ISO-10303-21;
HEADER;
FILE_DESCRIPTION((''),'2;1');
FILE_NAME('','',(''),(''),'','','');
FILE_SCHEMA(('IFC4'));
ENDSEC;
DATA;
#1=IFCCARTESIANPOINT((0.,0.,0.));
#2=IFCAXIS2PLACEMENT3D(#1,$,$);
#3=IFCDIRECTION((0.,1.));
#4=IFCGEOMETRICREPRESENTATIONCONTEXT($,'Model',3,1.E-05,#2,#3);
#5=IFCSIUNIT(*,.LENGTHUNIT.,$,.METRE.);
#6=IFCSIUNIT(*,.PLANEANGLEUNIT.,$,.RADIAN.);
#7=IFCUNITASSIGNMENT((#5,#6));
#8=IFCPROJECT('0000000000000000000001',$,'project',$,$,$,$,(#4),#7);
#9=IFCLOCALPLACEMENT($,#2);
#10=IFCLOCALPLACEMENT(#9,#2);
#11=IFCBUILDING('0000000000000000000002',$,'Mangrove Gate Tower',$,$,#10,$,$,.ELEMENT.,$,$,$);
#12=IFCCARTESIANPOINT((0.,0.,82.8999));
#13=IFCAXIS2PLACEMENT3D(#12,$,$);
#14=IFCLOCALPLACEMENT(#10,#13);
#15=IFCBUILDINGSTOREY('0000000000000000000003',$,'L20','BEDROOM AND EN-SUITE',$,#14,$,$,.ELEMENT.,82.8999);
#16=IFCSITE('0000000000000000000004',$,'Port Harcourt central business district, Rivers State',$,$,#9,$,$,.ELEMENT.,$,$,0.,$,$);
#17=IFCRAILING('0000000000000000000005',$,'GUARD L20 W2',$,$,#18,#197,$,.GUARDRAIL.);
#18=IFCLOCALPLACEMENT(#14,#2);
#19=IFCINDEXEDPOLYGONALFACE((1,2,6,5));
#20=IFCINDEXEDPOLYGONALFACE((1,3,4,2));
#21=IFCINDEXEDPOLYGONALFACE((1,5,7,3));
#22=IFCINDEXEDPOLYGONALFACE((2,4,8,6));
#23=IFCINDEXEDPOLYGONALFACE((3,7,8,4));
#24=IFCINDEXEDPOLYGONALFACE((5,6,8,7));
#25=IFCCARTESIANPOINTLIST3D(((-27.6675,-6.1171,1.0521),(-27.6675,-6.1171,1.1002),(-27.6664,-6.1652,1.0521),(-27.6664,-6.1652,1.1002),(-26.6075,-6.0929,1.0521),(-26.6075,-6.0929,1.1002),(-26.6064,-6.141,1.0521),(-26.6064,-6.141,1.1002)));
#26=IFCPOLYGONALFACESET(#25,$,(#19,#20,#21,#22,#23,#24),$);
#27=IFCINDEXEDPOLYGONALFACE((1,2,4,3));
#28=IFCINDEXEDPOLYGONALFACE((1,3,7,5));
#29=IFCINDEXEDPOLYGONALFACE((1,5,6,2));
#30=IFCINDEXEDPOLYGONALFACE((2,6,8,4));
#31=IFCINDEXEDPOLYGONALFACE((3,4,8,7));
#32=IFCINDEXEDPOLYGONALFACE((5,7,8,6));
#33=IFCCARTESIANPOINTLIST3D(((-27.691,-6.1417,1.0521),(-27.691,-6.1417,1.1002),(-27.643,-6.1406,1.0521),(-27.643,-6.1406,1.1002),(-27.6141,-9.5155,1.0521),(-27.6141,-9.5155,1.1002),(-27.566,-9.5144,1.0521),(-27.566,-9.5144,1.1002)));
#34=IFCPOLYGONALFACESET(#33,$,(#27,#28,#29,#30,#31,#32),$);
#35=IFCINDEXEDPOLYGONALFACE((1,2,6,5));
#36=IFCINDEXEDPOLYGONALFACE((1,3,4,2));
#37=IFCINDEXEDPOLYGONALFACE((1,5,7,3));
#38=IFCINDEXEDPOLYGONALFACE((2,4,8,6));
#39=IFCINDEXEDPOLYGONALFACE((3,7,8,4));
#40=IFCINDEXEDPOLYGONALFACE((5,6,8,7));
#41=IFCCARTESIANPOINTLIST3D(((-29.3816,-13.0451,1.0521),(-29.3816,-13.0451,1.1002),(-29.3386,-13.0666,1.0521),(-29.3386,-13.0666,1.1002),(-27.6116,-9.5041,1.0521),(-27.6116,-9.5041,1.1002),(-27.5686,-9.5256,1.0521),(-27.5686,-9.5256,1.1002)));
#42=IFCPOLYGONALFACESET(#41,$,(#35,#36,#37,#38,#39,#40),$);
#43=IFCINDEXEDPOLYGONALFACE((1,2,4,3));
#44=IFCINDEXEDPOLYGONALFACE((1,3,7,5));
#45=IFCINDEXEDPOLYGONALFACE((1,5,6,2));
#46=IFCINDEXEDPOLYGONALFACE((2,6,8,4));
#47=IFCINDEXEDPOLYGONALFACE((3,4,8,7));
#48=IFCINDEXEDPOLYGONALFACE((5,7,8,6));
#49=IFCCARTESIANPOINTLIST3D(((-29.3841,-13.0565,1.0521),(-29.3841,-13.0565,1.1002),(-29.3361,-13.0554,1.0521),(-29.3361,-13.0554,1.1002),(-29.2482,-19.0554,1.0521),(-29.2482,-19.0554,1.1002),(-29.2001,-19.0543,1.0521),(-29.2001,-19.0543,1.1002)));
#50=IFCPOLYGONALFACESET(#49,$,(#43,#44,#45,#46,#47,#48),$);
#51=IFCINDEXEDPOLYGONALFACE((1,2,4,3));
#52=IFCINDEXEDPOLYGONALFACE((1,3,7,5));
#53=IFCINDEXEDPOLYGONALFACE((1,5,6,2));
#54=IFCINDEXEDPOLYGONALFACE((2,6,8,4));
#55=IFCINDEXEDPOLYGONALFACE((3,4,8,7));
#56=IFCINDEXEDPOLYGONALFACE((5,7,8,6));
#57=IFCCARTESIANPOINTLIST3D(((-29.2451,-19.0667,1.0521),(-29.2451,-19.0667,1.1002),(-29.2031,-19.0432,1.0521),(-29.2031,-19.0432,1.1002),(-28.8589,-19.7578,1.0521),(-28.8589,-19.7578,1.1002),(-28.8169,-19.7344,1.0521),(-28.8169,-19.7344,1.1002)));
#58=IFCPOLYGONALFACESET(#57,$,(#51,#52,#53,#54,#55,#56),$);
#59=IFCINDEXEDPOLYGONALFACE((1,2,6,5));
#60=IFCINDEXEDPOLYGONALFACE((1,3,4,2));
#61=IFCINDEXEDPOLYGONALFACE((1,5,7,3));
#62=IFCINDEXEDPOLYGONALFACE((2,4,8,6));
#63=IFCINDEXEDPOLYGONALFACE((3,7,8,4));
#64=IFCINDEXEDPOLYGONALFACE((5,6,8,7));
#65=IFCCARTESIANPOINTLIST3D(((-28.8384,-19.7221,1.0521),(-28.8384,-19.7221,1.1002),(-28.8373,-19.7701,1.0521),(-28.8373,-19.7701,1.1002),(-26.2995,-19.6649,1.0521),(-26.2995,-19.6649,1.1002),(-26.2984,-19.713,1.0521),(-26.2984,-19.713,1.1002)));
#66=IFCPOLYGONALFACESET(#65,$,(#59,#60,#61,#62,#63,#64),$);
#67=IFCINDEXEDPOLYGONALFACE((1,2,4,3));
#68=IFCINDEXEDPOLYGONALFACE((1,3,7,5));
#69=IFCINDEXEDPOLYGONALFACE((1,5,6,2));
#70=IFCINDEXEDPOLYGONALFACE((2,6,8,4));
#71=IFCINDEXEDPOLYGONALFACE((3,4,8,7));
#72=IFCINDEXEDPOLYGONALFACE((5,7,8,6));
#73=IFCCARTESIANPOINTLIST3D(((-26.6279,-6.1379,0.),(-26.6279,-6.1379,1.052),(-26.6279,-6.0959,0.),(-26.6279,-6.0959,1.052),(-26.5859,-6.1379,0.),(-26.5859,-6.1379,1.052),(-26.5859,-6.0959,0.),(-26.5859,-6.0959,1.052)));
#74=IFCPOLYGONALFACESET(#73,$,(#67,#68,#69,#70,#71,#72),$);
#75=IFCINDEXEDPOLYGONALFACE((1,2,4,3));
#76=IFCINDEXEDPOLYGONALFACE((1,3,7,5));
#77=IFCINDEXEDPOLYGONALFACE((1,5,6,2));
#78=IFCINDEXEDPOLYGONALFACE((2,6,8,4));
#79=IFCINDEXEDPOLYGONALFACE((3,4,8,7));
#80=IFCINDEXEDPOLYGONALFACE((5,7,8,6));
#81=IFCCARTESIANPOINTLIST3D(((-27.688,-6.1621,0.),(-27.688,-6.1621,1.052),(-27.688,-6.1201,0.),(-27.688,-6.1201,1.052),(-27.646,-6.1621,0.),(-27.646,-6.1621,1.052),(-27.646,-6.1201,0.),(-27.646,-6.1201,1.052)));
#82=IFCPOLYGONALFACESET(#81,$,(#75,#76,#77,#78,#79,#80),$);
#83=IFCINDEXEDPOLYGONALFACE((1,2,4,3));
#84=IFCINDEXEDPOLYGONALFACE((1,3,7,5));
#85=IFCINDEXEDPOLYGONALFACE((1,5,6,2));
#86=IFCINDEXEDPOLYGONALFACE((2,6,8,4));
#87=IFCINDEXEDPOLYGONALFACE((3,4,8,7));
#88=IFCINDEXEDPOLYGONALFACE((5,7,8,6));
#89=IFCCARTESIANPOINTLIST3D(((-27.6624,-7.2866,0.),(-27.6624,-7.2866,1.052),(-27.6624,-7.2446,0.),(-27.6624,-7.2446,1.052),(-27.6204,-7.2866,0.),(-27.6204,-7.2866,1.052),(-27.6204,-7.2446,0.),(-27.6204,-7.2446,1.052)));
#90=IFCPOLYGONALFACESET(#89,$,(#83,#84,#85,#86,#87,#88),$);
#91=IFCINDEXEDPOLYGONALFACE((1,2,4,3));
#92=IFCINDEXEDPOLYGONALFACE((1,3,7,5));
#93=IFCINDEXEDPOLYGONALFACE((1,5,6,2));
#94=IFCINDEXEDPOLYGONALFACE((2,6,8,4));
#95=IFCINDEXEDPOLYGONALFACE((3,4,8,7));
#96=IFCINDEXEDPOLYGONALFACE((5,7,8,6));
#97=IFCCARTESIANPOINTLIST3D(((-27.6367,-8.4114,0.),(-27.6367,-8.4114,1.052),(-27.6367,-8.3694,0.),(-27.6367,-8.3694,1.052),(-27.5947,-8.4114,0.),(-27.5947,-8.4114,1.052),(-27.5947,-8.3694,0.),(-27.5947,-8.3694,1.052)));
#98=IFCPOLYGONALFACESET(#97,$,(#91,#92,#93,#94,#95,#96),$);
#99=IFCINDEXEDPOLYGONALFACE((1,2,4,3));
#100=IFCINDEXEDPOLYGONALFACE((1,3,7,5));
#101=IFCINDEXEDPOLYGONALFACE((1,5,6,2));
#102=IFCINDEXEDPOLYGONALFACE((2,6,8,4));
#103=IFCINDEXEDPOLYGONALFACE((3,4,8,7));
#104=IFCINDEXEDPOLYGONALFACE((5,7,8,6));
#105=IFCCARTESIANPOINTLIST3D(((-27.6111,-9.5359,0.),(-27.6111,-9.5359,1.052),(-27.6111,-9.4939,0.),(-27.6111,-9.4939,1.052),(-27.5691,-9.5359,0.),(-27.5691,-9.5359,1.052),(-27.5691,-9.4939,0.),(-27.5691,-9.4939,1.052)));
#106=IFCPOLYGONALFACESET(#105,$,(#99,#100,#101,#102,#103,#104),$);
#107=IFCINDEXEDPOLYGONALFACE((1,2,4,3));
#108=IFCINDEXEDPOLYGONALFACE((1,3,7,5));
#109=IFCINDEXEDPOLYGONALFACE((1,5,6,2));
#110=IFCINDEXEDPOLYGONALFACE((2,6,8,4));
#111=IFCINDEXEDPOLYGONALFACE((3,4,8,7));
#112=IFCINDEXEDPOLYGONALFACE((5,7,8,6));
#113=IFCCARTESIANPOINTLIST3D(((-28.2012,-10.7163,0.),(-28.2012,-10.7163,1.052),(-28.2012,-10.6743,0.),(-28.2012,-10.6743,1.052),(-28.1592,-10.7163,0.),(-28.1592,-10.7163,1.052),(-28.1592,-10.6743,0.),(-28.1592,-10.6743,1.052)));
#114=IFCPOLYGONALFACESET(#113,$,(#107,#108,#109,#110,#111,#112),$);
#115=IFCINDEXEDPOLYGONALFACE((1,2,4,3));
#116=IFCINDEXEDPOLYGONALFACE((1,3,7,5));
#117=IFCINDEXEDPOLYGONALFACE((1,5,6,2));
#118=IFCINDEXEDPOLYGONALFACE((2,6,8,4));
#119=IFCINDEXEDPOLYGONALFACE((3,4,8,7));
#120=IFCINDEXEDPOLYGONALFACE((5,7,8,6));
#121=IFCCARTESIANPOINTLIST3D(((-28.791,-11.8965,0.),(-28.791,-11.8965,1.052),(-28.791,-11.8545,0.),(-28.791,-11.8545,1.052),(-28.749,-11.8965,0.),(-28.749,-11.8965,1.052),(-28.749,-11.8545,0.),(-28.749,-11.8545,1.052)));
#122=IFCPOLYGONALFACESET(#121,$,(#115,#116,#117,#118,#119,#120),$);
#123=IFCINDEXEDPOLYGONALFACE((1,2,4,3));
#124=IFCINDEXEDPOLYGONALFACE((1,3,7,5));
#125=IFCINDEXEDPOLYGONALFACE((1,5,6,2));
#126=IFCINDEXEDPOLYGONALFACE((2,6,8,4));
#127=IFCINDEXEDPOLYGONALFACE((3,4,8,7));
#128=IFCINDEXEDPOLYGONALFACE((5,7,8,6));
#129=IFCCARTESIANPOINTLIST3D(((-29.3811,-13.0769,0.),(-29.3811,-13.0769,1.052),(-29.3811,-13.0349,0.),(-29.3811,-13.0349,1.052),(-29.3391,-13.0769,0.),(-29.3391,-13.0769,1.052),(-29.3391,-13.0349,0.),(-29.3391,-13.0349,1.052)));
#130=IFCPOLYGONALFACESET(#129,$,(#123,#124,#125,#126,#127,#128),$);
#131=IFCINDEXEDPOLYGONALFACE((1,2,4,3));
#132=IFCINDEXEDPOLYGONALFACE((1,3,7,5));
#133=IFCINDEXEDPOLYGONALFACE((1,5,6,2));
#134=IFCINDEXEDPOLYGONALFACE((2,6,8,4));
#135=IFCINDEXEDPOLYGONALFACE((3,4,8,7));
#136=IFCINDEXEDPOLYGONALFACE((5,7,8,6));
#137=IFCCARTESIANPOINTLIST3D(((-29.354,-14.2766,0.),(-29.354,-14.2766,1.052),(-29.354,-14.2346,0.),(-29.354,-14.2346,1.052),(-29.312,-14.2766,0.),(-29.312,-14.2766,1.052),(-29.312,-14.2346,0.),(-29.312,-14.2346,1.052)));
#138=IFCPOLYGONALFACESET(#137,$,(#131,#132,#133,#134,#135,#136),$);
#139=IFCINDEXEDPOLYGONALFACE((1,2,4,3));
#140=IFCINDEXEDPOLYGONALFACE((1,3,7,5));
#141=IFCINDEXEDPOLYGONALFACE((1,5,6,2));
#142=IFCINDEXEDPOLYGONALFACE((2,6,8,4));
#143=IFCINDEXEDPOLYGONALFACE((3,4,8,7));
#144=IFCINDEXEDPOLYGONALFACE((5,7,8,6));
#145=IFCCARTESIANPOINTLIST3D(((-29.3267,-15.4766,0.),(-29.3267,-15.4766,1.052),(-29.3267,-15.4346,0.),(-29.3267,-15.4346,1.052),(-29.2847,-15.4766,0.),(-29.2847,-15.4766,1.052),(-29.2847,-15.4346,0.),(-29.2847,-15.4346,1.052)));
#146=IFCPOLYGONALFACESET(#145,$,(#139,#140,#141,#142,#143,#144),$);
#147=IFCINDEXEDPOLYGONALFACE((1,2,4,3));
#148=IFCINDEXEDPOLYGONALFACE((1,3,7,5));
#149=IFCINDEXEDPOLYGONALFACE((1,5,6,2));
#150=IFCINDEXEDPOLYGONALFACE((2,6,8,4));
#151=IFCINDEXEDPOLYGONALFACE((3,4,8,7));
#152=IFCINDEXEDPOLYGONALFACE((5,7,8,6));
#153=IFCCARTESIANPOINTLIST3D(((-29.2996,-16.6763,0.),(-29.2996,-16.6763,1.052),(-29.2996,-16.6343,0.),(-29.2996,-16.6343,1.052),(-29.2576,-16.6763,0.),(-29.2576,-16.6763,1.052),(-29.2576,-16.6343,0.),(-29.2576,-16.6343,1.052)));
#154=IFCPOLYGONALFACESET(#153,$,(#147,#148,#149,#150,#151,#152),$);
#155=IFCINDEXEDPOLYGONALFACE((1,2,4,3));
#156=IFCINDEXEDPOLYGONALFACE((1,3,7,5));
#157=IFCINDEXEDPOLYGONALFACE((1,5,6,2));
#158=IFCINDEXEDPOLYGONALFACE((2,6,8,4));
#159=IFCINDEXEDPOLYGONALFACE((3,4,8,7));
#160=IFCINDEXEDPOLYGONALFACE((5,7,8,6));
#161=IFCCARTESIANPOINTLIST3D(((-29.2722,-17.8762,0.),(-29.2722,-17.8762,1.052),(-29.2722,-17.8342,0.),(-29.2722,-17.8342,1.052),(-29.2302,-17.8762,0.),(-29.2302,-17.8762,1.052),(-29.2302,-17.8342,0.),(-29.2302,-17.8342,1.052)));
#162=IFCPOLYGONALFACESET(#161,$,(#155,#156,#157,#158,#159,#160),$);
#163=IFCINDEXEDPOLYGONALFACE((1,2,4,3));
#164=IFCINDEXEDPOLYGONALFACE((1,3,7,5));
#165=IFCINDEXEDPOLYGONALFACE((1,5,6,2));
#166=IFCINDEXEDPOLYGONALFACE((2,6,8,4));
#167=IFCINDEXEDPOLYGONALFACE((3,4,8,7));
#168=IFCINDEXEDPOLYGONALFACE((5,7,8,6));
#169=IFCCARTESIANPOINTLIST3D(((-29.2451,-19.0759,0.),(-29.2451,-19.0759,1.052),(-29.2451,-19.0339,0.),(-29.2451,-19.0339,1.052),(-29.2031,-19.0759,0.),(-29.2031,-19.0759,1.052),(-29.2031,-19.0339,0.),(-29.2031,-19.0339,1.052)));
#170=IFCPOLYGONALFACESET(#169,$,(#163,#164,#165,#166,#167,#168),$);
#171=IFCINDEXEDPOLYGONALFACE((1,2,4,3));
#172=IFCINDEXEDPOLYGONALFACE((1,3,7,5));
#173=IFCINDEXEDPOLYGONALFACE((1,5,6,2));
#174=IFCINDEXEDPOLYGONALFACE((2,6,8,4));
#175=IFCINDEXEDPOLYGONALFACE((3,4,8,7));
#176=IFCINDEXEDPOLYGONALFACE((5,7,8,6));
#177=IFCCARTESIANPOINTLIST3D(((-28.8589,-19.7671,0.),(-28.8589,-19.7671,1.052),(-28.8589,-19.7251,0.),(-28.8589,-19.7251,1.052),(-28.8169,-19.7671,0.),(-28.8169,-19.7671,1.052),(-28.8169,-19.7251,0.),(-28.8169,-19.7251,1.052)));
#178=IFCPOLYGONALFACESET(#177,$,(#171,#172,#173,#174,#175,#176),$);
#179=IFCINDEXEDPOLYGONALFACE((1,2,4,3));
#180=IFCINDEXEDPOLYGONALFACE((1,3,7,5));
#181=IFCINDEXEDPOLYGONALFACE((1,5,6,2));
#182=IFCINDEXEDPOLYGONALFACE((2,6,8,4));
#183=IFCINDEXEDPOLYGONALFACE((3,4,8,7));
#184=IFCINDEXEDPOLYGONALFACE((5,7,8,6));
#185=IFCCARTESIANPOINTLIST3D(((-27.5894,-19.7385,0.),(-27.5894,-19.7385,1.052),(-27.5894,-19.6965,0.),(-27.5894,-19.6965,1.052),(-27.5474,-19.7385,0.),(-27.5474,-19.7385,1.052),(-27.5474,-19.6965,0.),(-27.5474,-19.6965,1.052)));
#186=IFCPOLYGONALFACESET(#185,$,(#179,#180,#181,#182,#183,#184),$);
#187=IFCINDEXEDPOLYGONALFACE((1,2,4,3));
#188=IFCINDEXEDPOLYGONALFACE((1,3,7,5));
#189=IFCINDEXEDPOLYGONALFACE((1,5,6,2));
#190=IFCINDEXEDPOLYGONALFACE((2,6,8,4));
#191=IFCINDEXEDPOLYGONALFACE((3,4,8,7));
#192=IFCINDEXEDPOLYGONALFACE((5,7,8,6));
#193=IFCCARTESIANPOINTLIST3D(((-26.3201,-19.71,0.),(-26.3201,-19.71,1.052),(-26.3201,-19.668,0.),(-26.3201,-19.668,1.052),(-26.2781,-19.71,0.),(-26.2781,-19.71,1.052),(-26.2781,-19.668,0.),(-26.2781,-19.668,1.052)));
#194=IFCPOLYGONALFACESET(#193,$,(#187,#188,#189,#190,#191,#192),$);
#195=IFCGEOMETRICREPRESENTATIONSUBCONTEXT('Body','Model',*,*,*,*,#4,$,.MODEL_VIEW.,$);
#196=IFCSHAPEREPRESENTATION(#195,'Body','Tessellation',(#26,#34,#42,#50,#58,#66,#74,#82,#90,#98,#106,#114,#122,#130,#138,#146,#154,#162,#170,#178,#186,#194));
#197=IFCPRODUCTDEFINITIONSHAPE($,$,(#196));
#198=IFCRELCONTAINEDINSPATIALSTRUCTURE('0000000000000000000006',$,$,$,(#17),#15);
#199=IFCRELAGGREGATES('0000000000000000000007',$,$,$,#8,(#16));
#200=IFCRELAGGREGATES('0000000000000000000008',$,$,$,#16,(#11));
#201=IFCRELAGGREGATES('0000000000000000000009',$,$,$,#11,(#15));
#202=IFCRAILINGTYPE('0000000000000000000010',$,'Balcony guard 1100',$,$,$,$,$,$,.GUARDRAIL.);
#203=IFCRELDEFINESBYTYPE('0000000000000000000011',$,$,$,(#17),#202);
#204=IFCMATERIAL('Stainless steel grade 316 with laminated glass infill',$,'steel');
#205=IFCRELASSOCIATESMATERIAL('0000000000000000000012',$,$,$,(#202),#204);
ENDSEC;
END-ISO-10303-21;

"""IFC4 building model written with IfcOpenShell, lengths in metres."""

from ifc_helpers import new_model, si_unit, direction, frame, origin, origin_2d, place, context, subcontext, project, spatial, rectangle, extrude, material, type_object, element, save


model = new_model("IFC4")

# Units and contexts
model_context = context("Model", 3, precision=1e-05, world=origin(), true_north=direction((0.0, 1.0)))
body_context = subcontext(model_context, "Body", "Model", "MODEL_VIEW")
ifc_project = project(units=[si_unit("LENGTHUNIT", "METRE"), si_unit("PLANEANGLEUNIT", "RADIAN")], contexts=[model_context])

# Site, building, storey
site_placement = place(None, origin())
site = spatial("IfcSite", under=ifc_project, at=site_placement, Name="Port Harcourt central business district, Rivers State", CompositionType="ELEMENT", RefElevation=0.0)
building_placement = place(site_placement, origin())
building = spatial("IfcBuilding", under=site, at=building_placement, Name="Mangrove Gate Tower", CompositionType="ELEMENT")
storey_placement = place(building_placement, frame((0.0, 0.0, 82.8999)))
storey = spatial("IfcBuildingStorey", under=building, at=storey_placement, Name="L20", Description="BEDROOM AND EN-SUITE", CompositionType="ELEMENT", Elevation=82.8999)

# Railing
ifc_material_1 = material(Name="Stainless steel grade 316 with laminated glass infill", Category="steel")
railing_type = type_object("IfcRailingType", Name="Balcony guard 1100", PredefinedType="GUARDRAIL", material=ifc_material_1)
railing_placement = place(storey_placement, frame((-26.6069, -6.1169, 0.0)))
element("IfcRailing", 1, at=railing_placement, inside=storey, type_object=railing_type, Name="GUARD L20 W2", PredefinedType="GUARDRAIL", context=body_context, shape_type="SweptSolid", body=[
    extrude(rectangle(XDim=0.0481, YDim=0.0481, at=origin_2d()), frame((0.0, 0.0, 1.0762), z_axis=(-0.99974, -0.022795, 0.0), x_axis=(0.022795, -0.99974, 0.0)), (0.0, 0.0, 1.0), 1.0603),
    extrude(rectangle(XDim=0.0481, YDim=0.0481, at=origin_2d()), frame((-1.0601, -0.0242, 1.0762), z_axis=(0.022789, -0.99974, 0.0), x_axis=(0.99974, 0.022789, 0.0)), (0.0, 0.0, 1.0), 3.3748),
    extrude(rectangle(XDim=0.0481, YDim=0.0481, at=origin_2d()), frame((-0.9832, -3.3979, 1.0762), z_axis=(-0.447115, -0.894477, 0.0), x_axis=(0.894477, -0.447115, 0.0)), (0.0, 0.0, 1.0), 3.9587),
    extrude(rectangle(XDim=0.0481, YDim=0.0481, at=origin_2d()), frame((-2.7532, -6.939, 1.0762), z_axis=(0.022662, -0.999743, 0.0), x_axis=(0.999743, 0.022662, 0.0)), (0.0, 0.0, 1.0), 6.0005),
    extrude(rectangle(XDim=0.0481, YDim=0.0481, at=origin_2d()), frame((-2.6172, -12.938, 1.0762), z_axis=(0.487814, -0.872947, 0.0), x_axis=(0.872947, 0.487814, 0.0)), (0.0, 0.0, 1.0), 0.7917),
    extrude(rectangle(XDim=0.0481, YDim=0.0481, at=origin_2d()), frame((-2.231, -13.6292, 1.0762), z_axis=(0.999747, 0.022496, 0.0), x_axis=(-0.022496, 0.999747, 0.0)), (0.0, 0.0, 1.0), 2.5396),
    extrude(rectangle(XDim=0.042, YDim=0.042, at=origin_2d()), origin(), (0.0, 0.0, 1.0), 1.052),
    extrude(rectangle(XDim=0.042, YDim=0.042, at=origin_2d()), frame((-1.0601, -0.0242, 0.0)), (0.0, 0.0, 1.0), 1.052),
    extrude(rectangle(XDim=0.042, YDim=0.042, at=origin_2d()), frame((-1.0344, -1.1487, 0.0)), (0.0, 0.0, 1.0), 1.052),
    extrude(rectangle(XDim=0.042, YDim=0.042, at=origin_2d()), frame((-1.0088, -2.2734, 0.0)), (0.0, 0.0, 1.0), 1.052),
    extrude(rectangle(XDim=0.042, YDim=0.042, at=origin_2d()), frame((-0.9832, -3.3979, 0.0)), (0.0, 0.0, 1.0), 1.052),
    extrude(rectangle(XDim=0.042, YDim=0.042, at=origin_2d()), frame((-1.5732, -4.5784, 0.0)), (0.0, 0.0, 1.0), 1.052),
    extrude(rectangle(XDim=0.042, YDim=0.042, at=origin_2d()), frame((-2.1631, -5.7585, 0.0)), (0.0, 0.0, 1.0), 1.052),
    extrude(rectangle(XDim=0.042, YDim=0.042, at=origin_2d()), frame((-2.7532, -6.939, 0.0)), (0.0, 0.0, 1.0), 1.052),
    extrude(rectangle(XDim=0.042, YDim=0.042, at=origin_2d()), frame((-2.7261, -8.1387, 0.0)), (0.0, 0.0, 1.0), 1.052),
    extrude(rectangle(XDim=0.042, YDim=0.042, at=origin_2d()), frame((-2.6987, -9.3386, 0.0)), (0.0, 0.0, 1.0), 1.052),
    extrude(rectangle(XDim=0.042, YDim=0.042, at=origin_2d()), frame((-2.6716, -10.5383, 0.0)), (0.0, 0.0, 1.0), 1.052),
    extrude(rectangle(XDim=0.042, YDim=0.042, at=origin_2d()), frame((-2.6443, -11.7383, 0.0)), (0.0, 0.0, 1.0), 1.052),
    extrude(rectangle(XDim=0.042, YDim=0.042, at=origin_2d()), frame((-2.6172, -12.938, 0.0)), (0.0, 0.0, 1.0), 1.052),
    extrude(rectangle(XDim=0.042, YDim=0.042, at=origin_2d()), frame((-2.231, -13.6292, 0.0)), (0.0, 0.0, 1.0), 1.052),
    extrude(rectangle(XDim=0.042, YDim=0.042, at=origin_2d()), frame((-0.9614, -13.6006, 0.0)), (0.0, 0.0, 1.0), 1.052),
    extrude(rectangle(XDim=0.042, YDim=0.042, at=origin_2d()), frame((0.3079, -13.572, 0.0)), (0.0, 0.0, 1.0), 1.052),
])

save(model, "model.ifc")
